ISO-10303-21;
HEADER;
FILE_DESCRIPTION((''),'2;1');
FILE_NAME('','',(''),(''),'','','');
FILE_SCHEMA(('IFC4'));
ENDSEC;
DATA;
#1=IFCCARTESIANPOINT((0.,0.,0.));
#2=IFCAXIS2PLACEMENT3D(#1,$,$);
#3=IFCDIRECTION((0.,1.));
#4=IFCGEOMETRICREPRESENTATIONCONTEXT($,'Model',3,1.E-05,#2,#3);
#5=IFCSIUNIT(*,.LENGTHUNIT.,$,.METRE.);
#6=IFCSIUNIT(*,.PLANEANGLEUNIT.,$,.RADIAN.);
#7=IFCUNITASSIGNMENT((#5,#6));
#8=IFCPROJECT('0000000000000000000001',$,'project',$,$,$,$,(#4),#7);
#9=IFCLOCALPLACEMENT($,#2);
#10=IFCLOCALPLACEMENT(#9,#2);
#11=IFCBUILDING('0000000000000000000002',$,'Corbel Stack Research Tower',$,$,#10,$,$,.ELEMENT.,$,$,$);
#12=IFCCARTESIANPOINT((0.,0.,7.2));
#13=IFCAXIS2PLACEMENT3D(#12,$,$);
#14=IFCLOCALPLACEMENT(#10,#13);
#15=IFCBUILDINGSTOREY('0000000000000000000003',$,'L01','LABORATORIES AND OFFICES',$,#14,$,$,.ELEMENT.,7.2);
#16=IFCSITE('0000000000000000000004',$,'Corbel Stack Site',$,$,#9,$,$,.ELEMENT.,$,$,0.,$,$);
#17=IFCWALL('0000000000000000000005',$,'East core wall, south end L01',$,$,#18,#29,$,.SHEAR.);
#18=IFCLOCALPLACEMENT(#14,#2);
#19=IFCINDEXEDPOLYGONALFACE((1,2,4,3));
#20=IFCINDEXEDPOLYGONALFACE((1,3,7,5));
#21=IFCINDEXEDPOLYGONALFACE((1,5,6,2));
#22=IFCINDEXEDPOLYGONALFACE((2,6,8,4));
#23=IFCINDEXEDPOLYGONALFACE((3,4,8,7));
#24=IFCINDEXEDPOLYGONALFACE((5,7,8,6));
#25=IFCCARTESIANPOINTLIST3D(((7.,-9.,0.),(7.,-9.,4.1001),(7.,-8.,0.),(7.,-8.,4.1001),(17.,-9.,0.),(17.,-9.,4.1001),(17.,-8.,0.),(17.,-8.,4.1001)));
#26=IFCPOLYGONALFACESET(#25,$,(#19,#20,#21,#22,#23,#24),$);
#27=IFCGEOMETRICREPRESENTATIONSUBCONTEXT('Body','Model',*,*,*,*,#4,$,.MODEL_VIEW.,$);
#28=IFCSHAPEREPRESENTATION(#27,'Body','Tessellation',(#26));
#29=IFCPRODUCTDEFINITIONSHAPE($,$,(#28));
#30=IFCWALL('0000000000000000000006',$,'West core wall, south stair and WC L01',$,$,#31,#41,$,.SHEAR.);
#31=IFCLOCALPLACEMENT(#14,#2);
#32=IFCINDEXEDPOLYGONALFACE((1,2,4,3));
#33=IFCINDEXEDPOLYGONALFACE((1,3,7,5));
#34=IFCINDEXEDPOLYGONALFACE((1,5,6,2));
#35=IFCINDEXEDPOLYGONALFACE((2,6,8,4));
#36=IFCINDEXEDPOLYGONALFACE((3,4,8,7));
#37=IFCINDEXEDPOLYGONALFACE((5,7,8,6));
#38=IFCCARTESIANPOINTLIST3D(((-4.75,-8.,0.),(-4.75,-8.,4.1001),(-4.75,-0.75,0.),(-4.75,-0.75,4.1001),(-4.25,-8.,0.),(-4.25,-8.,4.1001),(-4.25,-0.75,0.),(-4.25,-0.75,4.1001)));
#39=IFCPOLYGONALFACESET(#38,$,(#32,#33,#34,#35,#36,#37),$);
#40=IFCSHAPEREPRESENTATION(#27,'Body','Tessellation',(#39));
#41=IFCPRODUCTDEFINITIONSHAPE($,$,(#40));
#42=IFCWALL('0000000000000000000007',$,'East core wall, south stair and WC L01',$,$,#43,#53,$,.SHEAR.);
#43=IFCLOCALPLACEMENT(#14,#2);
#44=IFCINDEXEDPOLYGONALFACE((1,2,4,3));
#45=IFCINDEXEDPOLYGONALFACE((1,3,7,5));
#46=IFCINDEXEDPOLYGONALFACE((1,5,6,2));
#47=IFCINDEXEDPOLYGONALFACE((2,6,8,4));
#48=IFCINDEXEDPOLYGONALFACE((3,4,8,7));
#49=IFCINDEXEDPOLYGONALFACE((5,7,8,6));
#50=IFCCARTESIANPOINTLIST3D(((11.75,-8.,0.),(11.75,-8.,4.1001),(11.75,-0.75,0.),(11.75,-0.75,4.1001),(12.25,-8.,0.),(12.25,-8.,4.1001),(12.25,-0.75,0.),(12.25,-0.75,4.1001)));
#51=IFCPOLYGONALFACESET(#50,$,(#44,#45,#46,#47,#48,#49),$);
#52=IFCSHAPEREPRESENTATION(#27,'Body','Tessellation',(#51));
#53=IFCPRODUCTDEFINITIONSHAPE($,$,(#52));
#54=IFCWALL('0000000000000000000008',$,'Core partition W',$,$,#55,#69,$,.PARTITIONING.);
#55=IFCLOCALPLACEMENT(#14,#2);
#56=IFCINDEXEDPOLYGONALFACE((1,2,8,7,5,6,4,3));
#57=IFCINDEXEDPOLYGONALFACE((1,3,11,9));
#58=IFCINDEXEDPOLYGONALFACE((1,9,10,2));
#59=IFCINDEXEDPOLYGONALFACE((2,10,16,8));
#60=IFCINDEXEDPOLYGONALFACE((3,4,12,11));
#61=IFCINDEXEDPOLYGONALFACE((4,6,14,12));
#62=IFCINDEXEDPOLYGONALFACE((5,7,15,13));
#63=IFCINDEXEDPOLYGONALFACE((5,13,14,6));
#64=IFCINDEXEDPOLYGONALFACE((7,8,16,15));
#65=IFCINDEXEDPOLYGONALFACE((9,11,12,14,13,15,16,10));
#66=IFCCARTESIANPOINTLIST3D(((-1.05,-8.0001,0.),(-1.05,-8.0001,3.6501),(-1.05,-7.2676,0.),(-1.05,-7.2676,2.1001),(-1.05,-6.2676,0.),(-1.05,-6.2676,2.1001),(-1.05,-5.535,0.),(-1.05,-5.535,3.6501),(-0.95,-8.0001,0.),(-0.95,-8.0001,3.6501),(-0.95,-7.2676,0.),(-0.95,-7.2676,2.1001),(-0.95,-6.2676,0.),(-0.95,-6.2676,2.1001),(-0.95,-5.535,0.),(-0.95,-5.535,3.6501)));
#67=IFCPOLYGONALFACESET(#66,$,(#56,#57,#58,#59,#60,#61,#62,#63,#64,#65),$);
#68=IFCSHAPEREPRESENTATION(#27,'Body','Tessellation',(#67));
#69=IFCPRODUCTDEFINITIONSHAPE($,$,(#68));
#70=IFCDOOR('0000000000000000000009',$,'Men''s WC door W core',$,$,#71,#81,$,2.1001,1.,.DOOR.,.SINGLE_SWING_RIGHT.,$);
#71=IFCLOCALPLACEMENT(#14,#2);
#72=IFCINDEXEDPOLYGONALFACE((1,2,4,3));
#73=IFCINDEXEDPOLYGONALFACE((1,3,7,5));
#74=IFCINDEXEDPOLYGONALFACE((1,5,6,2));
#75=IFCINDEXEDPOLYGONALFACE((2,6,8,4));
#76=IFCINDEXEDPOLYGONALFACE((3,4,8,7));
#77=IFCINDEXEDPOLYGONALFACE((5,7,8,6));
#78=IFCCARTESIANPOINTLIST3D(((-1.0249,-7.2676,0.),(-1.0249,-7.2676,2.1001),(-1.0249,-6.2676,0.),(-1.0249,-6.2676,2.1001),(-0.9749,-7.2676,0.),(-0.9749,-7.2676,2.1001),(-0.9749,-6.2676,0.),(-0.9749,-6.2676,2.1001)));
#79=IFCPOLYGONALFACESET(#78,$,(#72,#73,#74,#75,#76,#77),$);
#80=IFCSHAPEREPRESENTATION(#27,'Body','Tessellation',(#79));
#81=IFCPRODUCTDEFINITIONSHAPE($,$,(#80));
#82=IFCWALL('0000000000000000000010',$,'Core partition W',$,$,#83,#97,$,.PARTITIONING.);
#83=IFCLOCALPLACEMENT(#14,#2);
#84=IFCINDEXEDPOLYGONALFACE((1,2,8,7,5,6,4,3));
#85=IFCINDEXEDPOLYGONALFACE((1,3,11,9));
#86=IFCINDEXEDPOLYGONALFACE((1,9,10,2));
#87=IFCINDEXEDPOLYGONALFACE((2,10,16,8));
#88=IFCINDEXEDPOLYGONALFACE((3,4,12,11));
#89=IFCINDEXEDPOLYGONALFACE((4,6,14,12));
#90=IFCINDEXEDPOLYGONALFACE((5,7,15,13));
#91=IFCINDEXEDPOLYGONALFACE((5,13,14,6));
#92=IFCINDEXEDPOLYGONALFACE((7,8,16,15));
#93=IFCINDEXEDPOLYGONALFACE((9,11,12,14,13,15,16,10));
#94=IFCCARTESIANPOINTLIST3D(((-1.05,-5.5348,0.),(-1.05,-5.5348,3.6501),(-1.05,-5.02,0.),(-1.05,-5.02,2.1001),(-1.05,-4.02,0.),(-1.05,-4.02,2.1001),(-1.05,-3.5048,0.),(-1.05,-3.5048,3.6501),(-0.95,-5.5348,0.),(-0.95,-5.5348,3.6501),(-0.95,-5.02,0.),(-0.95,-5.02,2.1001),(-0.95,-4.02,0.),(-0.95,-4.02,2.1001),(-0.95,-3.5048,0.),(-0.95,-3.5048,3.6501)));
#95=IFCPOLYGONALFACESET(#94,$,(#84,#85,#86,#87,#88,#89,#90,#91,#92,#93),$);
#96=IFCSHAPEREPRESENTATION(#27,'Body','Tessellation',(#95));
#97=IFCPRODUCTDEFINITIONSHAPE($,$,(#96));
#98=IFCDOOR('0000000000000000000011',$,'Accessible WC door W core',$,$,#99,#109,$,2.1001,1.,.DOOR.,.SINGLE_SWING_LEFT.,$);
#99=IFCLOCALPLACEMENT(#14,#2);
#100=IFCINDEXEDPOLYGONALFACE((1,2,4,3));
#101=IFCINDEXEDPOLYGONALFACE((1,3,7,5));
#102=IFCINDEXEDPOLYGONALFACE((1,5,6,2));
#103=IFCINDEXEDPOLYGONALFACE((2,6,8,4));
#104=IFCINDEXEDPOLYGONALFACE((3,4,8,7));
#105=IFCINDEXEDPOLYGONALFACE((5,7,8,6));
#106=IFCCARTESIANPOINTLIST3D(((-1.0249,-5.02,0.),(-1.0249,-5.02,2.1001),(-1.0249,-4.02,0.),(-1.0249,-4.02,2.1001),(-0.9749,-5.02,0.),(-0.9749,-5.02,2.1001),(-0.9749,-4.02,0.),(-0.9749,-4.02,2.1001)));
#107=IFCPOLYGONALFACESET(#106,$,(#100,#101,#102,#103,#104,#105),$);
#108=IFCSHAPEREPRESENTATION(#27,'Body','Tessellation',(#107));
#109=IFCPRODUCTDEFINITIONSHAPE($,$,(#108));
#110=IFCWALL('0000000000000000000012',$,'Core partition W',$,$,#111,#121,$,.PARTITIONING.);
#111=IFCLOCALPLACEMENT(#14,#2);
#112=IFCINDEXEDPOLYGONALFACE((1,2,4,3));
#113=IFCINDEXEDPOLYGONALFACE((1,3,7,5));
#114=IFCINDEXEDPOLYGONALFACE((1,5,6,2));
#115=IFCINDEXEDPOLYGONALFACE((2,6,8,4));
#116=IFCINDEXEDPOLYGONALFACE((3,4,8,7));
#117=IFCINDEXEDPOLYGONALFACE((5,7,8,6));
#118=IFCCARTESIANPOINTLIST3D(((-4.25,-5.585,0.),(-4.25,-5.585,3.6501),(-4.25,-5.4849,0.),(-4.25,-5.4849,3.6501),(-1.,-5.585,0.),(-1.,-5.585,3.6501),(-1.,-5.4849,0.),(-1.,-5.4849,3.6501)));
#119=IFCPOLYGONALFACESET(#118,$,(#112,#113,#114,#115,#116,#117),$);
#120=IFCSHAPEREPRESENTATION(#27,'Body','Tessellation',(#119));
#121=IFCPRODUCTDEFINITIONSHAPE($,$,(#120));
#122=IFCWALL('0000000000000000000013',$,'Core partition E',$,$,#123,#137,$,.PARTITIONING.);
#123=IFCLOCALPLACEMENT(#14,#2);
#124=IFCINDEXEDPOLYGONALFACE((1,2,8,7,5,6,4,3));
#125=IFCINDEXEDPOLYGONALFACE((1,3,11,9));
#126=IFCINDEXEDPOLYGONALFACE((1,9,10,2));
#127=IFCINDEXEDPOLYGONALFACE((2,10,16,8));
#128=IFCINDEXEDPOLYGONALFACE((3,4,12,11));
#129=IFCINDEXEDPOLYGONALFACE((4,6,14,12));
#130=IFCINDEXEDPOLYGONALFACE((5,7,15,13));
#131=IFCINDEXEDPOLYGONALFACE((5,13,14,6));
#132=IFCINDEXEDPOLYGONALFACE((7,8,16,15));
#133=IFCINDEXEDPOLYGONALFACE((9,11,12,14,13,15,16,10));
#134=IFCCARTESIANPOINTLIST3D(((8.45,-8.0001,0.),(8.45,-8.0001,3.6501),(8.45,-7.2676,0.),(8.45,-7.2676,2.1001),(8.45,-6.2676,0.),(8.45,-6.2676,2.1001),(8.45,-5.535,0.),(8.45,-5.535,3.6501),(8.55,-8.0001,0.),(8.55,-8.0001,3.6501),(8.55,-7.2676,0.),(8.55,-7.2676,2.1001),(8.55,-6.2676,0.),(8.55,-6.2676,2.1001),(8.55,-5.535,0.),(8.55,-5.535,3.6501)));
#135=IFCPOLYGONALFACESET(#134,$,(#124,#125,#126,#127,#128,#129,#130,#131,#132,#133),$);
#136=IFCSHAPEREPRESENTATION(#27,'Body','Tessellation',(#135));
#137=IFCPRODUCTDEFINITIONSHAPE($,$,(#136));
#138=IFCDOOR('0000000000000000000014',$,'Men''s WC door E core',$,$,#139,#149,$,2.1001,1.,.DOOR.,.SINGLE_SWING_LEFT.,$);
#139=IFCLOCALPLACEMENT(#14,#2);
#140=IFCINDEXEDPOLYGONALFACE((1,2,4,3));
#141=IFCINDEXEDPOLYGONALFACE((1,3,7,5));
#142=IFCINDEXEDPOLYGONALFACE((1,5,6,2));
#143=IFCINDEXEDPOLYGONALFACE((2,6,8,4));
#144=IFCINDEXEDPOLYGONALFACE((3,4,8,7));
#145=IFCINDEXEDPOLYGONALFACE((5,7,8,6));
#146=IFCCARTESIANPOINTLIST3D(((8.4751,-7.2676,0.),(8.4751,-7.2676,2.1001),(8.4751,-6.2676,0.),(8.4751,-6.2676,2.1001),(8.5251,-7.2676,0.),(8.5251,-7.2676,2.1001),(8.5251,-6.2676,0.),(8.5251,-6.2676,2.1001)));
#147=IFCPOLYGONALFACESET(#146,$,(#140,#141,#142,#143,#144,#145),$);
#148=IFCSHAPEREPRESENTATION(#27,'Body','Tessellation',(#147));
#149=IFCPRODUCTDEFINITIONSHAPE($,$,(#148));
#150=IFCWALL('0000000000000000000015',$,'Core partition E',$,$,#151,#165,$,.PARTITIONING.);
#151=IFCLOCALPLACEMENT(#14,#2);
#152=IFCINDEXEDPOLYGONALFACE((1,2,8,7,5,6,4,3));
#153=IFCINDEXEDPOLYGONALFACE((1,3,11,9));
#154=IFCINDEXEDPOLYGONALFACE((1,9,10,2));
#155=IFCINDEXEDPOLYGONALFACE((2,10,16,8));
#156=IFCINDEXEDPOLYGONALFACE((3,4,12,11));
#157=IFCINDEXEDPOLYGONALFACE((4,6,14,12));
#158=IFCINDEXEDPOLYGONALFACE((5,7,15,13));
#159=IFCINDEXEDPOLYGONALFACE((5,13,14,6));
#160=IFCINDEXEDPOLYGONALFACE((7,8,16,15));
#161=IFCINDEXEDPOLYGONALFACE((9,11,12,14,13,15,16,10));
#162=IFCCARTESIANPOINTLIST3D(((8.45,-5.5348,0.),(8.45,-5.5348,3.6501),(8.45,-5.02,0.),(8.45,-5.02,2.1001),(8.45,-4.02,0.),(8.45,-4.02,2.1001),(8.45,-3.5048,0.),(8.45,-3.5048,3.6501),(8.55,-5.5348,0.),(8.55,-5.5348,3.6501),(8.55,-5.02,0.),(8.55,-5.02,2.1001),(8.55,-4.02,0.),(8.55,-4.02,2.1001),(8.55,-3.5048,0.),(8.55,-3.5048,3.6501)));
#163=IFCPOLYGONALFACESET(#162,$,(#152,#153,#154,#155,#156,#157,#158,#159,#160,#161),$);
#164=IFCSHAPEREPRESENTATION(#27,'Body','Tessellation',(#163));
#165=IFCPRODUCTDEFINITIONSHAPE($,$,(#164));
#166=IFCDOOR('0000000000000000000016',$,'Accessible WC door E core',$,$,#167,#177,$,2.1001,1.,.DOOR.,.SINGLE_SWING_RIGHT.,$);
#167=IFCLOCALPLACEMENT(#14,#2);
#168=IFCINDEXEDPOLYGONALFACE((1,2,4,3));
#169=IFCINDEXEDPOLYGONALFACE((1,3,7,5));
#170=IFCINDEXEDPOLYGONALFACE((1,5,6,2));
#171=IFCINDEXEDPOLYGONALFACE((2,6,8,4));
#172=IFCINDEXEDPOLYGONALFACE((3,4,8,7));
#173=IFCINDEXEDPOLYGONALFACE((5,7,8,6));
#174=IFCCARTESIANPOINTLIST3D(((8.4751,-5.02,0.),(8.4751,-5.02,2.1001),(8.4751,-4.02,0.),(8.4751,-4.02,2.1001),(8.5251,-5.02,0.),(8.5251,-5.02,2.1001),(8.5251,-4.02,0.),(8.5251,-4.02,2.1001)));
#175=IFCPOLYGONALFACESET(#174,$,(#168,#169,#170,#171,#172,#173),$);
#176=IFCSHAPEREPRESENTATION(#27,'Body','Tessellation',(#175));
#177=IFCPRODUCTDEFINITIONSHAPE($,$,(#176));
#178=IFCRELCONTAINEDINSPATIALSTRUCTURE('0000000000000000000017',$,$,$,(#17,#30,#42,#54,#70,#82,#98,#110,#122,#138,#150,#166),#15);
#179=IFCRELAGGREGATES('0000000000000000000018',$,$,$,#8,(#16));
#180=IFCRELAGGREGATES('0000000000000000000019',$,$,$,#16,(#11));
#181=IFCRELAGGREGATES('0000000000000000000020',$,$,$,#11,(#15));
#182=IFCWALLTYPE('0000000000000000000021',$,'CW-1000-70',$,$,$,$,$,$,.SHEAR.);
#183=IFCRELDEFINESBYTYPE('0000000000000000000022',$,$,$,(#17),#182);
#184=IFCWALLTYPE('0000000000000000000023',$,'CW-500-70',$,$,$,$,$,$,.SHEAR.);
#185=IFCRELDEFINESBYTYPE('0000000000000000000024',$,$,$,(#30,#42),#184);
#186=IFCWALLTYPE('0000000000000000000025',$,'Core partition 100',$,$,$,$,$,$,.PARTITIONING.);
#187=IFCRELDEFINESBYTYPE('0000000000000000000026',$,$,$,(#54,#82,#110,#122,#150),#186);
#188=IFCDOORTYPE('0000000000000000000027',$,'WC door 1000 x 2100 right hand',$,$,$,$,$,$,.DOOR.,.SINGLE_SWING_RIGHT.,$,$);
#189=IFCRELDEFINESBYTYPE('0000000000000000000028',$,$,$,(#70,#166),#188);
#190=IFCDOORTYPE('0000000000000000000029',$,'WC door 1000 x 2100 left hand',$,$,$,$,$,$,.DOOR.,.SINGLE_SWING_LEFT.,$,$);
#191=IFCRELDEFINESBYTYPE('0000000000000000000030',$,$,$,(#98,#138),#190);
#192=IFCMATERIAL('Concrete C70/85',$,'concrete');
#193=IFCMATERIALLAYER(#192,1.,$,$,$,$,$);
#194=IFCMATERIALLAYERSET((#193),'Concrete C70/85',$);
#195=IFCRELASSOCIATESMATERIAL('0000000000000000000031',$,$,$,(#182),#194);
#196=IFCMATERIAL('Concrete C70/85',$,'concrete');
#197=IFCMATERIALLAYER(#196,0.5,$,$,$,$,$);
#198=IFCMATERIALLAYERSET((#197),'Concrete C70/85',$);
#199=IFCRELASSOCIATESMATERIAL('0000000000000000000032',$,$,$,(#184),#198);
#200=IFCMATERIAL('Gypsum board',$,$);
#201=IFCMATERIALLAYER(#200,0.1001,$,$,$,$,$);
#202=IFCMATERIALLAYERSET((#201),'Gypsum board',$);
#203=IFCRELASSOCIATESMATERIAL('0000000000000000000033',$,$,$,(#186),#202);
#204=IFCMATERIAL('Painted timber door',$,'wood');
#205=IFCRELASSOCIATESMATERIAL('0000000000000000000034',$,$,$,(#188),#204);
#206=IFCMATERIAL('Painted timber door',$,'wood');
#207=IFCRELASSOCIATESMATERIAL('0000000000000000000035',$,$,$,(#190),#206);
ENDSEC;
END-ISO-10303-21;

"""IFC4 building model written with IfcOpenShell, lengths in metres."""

from ifc_helpers import new_model, si_unit, direction, frame, frame_2d, origin, place, context, subcontext, project, spatial, rectangle, extrude, material, layer, layer_set, type_object, element, fill, save


model = new_model("IFC4")

# Units and contexts
model_context = context("Model", 3, precision=1e-05, world=origin(), true_north=direction((0.0, 1.0)))
body_context = subcontext(model_context, "Body", "Model", "MODEL_VIEW")
ifc_project = project(units=[si_unit("LENGTHUNIT", "METRE"), si_unit("PLANEANGLEUNIT", "RADIAN")], contexts=[model_context])

# Site, building, storey
site_placement = place(None, origin())
site = spatial("IfcSite", under=ifc_project, at=site_placement, Name="Corbel Stack Site", CompositionType="ELEMENT", RefElevation=0.0)
building_placement = place(site_placement, origin())
building = spatial("IfcBuilding", under=site, at=building_placement, Name="Corbel Stack Research Tower", CompositionType="ELEMENT")
storey_placement = place(building_placement, frame((0.0, 0.0, 7.2)))
storey = spatial("IfcBuildingStorey", under=building, at=storey_placement, Name="L01", Description="LABORATORIES AND OFFICES", CompositionType="ELEMENT", Elevation=7.2)

# Shared definitions
ifc_material_1 = material(Name="Concrete C70/85", Category="concrete")
ifc_layer_1 = layer(ifc_material_1, 1.0)
ifc_layer_set_1 = layer_set([ifc_layer_1], Name="Concrete C70/85")
wall_type_1 = type_object("IfcWallType", Name="CW-1000-70", PredefinedType="SHEAR", material=ifc_layer_set_1)

# Walls
wall_1_placement = place(storey_placement, frame((7.0, -8.5, 0.0), z_axis=(0.0, 0.0, 1.0), x_axis=(1.0, 0.0, 0.0)))
element("IfcWall", 1, at=wall_1_placement, inside=storey, type_object=wall_type_1, Name="East core wall, south end L01", PredefinedType="SHEAR", context=body_context, shape_type="SweptSolid", body=[
    extrude(rectangle(XDim=10.0, YDim=1.0, at=frame_2d((5.0, 0.0))), origin(), (0.0, 0.0, 1.0), 4.1001),
])
ifc_material_2 = material(Name="Concrete C70/85", Category="concrete")
ifc_layer_2 = layer(ifc_material_2, 0.5)
ifc_layer_set_2 = layer_set([ifc_layer_2], Name="Concrete C70/85")
wall_type_2 = type_object("IfcWallType", Name="CW-500-70", PredefinedType="SHEAR", material=ifc_layer_set_2)
for number, where, z_axis, x_axis, name in (
    (2, (-4.5, -8.0, 0.0), (0.0, 0.0, 1.0), (0.0, 1.0, 0.0), "West core wall, south stair and WC L01"),
    (3, (12.0, -8.0, 0.0), (0.0, 0.0, 1.0), (0.0, 1.0, 0.0), "East core wall, south stair and WC L01"),
):
    element("IfcWall", number, at=place(storey_placement, frame(where, z_axis=z_axis, x_axis=x_axis)), inside=storey, type_object=wall_type_2, Name=name, PredefinedType="SHEAR", context=body_context, shape_type="SweptSolid", body=[
        extrude(rectangle(XDim=7.25, YDim=0.5, at=frame_2d((3.625, 0.0))), origin(), (0.0, 0.0, 1.0), 4.1001),
    ])

# Walls, openings, doors
ifc_material_3 = material(Name="Gypsum board")
ifc_layer_3 = layer(ifc_material_3, 0.1001)
ifc_layer_set_3 = layer_set([ifc_layer_3], Name="Gypsum board")
wall_type_3 = type_object("IfcWallType", Name="Core partition 100", PredefinedType="PARTITIONING", material=ifc_layer_set_3)
wall_2_placement = place(storey_placement, frame((-1.0, -8.0, 0.0), z_axis=(0.0, 0.0, 1.0), x_axis=(0.0, 1.0, 0.0)))
wall_2 = element("IfcWall", 4, at=wall_2_placement, inside=storey, type_object=wall_type_3, Name="Core partition W", PredefinedType="PARTITIONING", context=body_context, shape_type="SweptSolid", body=[
    extrude(rectangle(XDim=2.4651, YDim=0.1001, at=frame_2d((1.2324, 0.0))), origin(), (0.0, 0.0, 1.0), 3.6501),
])
opening_1_placement = place(wall_2_placement, frame((0.7324, 0.0, 0.0)))
opening_1 = element("IfcOpeningElement", 5, at=opening_1_placement, cuts=wall_2, PredefinedType="OPENING", context=body_context, shape_type="SweptSolid", body=[
    extrude(rectangle(XDim=1.0, YDim=2.1001, at=frame_2d((0.5, 1.05))), frame((0.0, 0.0601, 0.0), z_axis=(0.0, -1.0, 0.0), x_axis=(1.0, 0.0, 0.0)), (0.0, 0.0, 1.0), 0.1201),
])
ifc_material_4 = material(Name="Painted timber door", Category="wood")
door_type_1 = type_object("IfcDoorType", Name="WC door 1000 x 2100 right hand", OperationType="SINGLE_SWING_RIGHT", PredefinedType="DOOR", material=ifc_material_4)
door_1_placement = place(opening_1_placement, origin())
door_1 = element("IfcDoor", 6, at=door_1_placement, inside=storey, type_object=door_type_1, Name="Men's WC door W core", OperationType="SINGLE_SWING_RIGHT", OverallHeight=2.1001, OverallWidth=1.0, PredefinedType="DOOR", context=body_context, shape_type="SweptSolid", body=[
    extrude(rectangle(XDim=1.0, YDim=2.1001, at=frame_2d((0.5, 1.05))), frame((0.0, 0.0249, 0.0), z_axis=(0.0, -1.0, 0.0), x_axis=(1.0, 0.0, 0.0)), (0.0, 0.0, 1.0), 0.05),
])
fill(opening_1, door_1)
wall_3_placement = place(storey_placement, frame((-1.0, -5.5349, 0.0), z_axis=(0.0, 0.0, 1.0), x_axis=(0.0, 1.0, 0.0)))
wall_3 = element("IfcWall", 7, at=wall_3_placement, inside=storey, type_object=wall_type_3, Name="Core partition W", PredefinedType="PARTITIONING", context=body_context, shape_type="SweptSolid", body=[
    extrude(rectangle(XDim=2.03, YDim=0.1001, at=frame_2d((1.0151, 0.0))), origin(), (0.0, 0.0, 1.0), 3.6501),
])
opening_2_placement = place(wall_3_placement, frame((0.5149, 0.0, 0.0)))
opening_2 = element("IfcOpeningElement", 8, at=opening_2_placement, cuts=wall_3, PredefinedType="OPENING", context=body_context, shape_type="SweptSolid", body=[
    extrude(rectangle(XDim=1.0, YDim=2.1001, at=frame_2d((0.5, 1.05))), frame((0.0, 0.0601, 0.0), z_axis=(0.0, -1.0, 0.0), x_axis=(1.0, 0.0, 0.0)), (0.0, 0.0, 1.0), 0.1201),
])
ifc_material_5 = material(Name="Painted timber door", Category="wood")
door_type_2 = type_object("IfcDoorType", Name="WC door 1000 x 2100 left hand", OperationType="SINGLE_SWING_LEFT", PredefinedType="DOOR", material=ifc_material_5)
door_2_placement = place(opening_2_placement, origin())
door_2 = element("IfcDoor", 9, at=door_2_placement, inside=storey, type_object=door_type_2, Name="Accessible WC door W core", OperationType="SINGLE_SWING_LEFT", OverallHeight=2.1001, OverallWidth=1.0, PredefinedType="DOOR", context=body_context, shape_type="SweptSolid", body=[
    extrude(rectangle(XDim=1.0, YDim=2.1001, at=frame_2d((0.5, 1.05))), frame((0.0, 0.0249, 0.0), z_axis=(0.0, -1.0, 0.0), x_axis=(1.0, 0.0, 0.0)), (0.0, 0.0, 1.0), 0.05),
])
fill(opening_2, door_2)

# Wall
wall_4_placement = place(storey_placement, frame((-4.25, -5.5349, 0.0), z_axis=(0.0, 0.0, 1.0), x_axis=(1.0, 0.0, 0.0)))
element("IfcWall", 10, at=wall_4_placement, inside=storey, type_object=wall_type_3, Name="Core partition W", PredefinedType="PARTITIONING", context=body_context, shape_type="SweptSolid", body=[
    extrude(rectangle(XDim=3.25, YDim=0.1001, at=frame_2d((1.625, 0.0))), origin(), (0.0, 0.0, 1.0), 3.6501),
])

# Walls, openings, doors
wall_5_placement = place(storey_placement, frame((8.5, -8.0, 0.0), z_axis=(0.0, 0.0, 1.0), x_axis=(0.0, 1.0, 0.0)))
wall_5 = element("IfcWall", 11, at=wall_5_placement, inside=storey, type_object=wall_type_3, Name="Core partition E", PredefinedType="PARTITIONING", context=body_context, shape_type="SweptSolid", body=[
    extrude(rectangle(XDim=2.4651, YDim=0.1001, at=frame_2d((1.2324, 0.0))), origin(), (0.0, 0.0, 1.0), 3.6501),
])
opening_3_placement = place(wall_5_placement, frame((0.7324, 0.0, 0.0)))
opening_3 = element("IfcOpeningElement", 12, at=opening_3_placement, cuts=wall_5, PredefinedType="OPENING", context=body_context, shape_type="SweptSolid", body=[
    extrude(rectangle(XDim=1.0, YDim=2.1001, at=frame_2d((0.5, 1.05))), frame((0.0, 0.0601, 0.0), z_axis=(0.0, -1.0, 0.0), x_axis=(1.0, 0.0, 0.0)), (0.0, 0.0, 1.0), 0.1201),
])
door_3_placement = place(opening_3_placement, origin())
door_3 = element("IfcDoor", 13, at=door_3_placement, inside=storey, type_object=door_type_2, Name="Men's WC door E core", OperationType="SINGLE_SWING_LEFT", OverallHeight=2.1001, OverallWidth=1.0, PredefinedType="DOOR", context=body_context, shape_type="SweptSolid", body=[
    extrude(rectangle(XDim=1.0, YDim=2.1001, at=frame_2d((0.5, 1.05))), frame((0.0, 0.0249, 0.0), z_axis=(0.0, -1.0, 0.0), x_axis=(1.0, 0.0, 0.0)), (0.0, 0.0, 1.0), 0.05),
])
fill(opening_3, door_3)
wall_6_placement = place(storey_placement, frame((8.5, -5.5349, 0.0), z_axis=(0.0, 0.0, 1.0), x_axis=(0.0, 1.0, 0.0)))
wall_6 = element("IfcWall", 14, at=wall_6_placement, inside=storey, type_object=wall_type_3, Name="Core partition E", PredefinedType="PARTITIONING", context=body_context, shape_type="SweptSolid", body=[
    extrude(rectangle(XDim=2.03, YDim=0.1001, at=frame_2d((1.0151, 0.0))), origin(), (0.0, 0.0, 1.0), 3.6501),
])
opening_4_placement = place(wall_6_placement, frame((0.5149, 0.0, 0.0)))
opening_4 = element("IfcOpeningElement", 15, at=opening_4_placement, cuts=wall_6, PredefinedType="OPENING", context=body_context, shape_type="SweptSolid", body=[
    extrude(rectangle(XDim=1.0, YDim=2.1001, at=frame_2d((0.5, 1.05))), frame((0.0, 0.0601, 0.0), z_axis=(0.0, -1.0, 0.0), x_axis=(1.0, 0.0, 0.0)), (0.0, 0.0, 1.0), 0.1201),
])
door_4_placement = place(opening_4_placement, origin())
door_4 = element("IfcDoor", 16, at=door_4_placement, inside=storey, type_object=door_type_1, Name="Accessible WC door E core", OperationType="SINGLE_SWING_RIGHT", OverallHeight=2.1001, OverallWidth=1.0, PredefinedType="DOOR", context=body_context, shape_type="SweptSolid", body=[
    extrude(rectangle(XDim=1.0, YDim=2.1001, at=frame_2d((0.5, 1.05))), frame((0.0, 0.0249, 0.0), z_axis=(0.0, -1.0, 0.0), x_axis=(1.0, 0.0, 0.0)), (0.0, 0.0, 1.0), 0.05),
])
fill(opening_4, door_4)

save(model, "model.ifc")
